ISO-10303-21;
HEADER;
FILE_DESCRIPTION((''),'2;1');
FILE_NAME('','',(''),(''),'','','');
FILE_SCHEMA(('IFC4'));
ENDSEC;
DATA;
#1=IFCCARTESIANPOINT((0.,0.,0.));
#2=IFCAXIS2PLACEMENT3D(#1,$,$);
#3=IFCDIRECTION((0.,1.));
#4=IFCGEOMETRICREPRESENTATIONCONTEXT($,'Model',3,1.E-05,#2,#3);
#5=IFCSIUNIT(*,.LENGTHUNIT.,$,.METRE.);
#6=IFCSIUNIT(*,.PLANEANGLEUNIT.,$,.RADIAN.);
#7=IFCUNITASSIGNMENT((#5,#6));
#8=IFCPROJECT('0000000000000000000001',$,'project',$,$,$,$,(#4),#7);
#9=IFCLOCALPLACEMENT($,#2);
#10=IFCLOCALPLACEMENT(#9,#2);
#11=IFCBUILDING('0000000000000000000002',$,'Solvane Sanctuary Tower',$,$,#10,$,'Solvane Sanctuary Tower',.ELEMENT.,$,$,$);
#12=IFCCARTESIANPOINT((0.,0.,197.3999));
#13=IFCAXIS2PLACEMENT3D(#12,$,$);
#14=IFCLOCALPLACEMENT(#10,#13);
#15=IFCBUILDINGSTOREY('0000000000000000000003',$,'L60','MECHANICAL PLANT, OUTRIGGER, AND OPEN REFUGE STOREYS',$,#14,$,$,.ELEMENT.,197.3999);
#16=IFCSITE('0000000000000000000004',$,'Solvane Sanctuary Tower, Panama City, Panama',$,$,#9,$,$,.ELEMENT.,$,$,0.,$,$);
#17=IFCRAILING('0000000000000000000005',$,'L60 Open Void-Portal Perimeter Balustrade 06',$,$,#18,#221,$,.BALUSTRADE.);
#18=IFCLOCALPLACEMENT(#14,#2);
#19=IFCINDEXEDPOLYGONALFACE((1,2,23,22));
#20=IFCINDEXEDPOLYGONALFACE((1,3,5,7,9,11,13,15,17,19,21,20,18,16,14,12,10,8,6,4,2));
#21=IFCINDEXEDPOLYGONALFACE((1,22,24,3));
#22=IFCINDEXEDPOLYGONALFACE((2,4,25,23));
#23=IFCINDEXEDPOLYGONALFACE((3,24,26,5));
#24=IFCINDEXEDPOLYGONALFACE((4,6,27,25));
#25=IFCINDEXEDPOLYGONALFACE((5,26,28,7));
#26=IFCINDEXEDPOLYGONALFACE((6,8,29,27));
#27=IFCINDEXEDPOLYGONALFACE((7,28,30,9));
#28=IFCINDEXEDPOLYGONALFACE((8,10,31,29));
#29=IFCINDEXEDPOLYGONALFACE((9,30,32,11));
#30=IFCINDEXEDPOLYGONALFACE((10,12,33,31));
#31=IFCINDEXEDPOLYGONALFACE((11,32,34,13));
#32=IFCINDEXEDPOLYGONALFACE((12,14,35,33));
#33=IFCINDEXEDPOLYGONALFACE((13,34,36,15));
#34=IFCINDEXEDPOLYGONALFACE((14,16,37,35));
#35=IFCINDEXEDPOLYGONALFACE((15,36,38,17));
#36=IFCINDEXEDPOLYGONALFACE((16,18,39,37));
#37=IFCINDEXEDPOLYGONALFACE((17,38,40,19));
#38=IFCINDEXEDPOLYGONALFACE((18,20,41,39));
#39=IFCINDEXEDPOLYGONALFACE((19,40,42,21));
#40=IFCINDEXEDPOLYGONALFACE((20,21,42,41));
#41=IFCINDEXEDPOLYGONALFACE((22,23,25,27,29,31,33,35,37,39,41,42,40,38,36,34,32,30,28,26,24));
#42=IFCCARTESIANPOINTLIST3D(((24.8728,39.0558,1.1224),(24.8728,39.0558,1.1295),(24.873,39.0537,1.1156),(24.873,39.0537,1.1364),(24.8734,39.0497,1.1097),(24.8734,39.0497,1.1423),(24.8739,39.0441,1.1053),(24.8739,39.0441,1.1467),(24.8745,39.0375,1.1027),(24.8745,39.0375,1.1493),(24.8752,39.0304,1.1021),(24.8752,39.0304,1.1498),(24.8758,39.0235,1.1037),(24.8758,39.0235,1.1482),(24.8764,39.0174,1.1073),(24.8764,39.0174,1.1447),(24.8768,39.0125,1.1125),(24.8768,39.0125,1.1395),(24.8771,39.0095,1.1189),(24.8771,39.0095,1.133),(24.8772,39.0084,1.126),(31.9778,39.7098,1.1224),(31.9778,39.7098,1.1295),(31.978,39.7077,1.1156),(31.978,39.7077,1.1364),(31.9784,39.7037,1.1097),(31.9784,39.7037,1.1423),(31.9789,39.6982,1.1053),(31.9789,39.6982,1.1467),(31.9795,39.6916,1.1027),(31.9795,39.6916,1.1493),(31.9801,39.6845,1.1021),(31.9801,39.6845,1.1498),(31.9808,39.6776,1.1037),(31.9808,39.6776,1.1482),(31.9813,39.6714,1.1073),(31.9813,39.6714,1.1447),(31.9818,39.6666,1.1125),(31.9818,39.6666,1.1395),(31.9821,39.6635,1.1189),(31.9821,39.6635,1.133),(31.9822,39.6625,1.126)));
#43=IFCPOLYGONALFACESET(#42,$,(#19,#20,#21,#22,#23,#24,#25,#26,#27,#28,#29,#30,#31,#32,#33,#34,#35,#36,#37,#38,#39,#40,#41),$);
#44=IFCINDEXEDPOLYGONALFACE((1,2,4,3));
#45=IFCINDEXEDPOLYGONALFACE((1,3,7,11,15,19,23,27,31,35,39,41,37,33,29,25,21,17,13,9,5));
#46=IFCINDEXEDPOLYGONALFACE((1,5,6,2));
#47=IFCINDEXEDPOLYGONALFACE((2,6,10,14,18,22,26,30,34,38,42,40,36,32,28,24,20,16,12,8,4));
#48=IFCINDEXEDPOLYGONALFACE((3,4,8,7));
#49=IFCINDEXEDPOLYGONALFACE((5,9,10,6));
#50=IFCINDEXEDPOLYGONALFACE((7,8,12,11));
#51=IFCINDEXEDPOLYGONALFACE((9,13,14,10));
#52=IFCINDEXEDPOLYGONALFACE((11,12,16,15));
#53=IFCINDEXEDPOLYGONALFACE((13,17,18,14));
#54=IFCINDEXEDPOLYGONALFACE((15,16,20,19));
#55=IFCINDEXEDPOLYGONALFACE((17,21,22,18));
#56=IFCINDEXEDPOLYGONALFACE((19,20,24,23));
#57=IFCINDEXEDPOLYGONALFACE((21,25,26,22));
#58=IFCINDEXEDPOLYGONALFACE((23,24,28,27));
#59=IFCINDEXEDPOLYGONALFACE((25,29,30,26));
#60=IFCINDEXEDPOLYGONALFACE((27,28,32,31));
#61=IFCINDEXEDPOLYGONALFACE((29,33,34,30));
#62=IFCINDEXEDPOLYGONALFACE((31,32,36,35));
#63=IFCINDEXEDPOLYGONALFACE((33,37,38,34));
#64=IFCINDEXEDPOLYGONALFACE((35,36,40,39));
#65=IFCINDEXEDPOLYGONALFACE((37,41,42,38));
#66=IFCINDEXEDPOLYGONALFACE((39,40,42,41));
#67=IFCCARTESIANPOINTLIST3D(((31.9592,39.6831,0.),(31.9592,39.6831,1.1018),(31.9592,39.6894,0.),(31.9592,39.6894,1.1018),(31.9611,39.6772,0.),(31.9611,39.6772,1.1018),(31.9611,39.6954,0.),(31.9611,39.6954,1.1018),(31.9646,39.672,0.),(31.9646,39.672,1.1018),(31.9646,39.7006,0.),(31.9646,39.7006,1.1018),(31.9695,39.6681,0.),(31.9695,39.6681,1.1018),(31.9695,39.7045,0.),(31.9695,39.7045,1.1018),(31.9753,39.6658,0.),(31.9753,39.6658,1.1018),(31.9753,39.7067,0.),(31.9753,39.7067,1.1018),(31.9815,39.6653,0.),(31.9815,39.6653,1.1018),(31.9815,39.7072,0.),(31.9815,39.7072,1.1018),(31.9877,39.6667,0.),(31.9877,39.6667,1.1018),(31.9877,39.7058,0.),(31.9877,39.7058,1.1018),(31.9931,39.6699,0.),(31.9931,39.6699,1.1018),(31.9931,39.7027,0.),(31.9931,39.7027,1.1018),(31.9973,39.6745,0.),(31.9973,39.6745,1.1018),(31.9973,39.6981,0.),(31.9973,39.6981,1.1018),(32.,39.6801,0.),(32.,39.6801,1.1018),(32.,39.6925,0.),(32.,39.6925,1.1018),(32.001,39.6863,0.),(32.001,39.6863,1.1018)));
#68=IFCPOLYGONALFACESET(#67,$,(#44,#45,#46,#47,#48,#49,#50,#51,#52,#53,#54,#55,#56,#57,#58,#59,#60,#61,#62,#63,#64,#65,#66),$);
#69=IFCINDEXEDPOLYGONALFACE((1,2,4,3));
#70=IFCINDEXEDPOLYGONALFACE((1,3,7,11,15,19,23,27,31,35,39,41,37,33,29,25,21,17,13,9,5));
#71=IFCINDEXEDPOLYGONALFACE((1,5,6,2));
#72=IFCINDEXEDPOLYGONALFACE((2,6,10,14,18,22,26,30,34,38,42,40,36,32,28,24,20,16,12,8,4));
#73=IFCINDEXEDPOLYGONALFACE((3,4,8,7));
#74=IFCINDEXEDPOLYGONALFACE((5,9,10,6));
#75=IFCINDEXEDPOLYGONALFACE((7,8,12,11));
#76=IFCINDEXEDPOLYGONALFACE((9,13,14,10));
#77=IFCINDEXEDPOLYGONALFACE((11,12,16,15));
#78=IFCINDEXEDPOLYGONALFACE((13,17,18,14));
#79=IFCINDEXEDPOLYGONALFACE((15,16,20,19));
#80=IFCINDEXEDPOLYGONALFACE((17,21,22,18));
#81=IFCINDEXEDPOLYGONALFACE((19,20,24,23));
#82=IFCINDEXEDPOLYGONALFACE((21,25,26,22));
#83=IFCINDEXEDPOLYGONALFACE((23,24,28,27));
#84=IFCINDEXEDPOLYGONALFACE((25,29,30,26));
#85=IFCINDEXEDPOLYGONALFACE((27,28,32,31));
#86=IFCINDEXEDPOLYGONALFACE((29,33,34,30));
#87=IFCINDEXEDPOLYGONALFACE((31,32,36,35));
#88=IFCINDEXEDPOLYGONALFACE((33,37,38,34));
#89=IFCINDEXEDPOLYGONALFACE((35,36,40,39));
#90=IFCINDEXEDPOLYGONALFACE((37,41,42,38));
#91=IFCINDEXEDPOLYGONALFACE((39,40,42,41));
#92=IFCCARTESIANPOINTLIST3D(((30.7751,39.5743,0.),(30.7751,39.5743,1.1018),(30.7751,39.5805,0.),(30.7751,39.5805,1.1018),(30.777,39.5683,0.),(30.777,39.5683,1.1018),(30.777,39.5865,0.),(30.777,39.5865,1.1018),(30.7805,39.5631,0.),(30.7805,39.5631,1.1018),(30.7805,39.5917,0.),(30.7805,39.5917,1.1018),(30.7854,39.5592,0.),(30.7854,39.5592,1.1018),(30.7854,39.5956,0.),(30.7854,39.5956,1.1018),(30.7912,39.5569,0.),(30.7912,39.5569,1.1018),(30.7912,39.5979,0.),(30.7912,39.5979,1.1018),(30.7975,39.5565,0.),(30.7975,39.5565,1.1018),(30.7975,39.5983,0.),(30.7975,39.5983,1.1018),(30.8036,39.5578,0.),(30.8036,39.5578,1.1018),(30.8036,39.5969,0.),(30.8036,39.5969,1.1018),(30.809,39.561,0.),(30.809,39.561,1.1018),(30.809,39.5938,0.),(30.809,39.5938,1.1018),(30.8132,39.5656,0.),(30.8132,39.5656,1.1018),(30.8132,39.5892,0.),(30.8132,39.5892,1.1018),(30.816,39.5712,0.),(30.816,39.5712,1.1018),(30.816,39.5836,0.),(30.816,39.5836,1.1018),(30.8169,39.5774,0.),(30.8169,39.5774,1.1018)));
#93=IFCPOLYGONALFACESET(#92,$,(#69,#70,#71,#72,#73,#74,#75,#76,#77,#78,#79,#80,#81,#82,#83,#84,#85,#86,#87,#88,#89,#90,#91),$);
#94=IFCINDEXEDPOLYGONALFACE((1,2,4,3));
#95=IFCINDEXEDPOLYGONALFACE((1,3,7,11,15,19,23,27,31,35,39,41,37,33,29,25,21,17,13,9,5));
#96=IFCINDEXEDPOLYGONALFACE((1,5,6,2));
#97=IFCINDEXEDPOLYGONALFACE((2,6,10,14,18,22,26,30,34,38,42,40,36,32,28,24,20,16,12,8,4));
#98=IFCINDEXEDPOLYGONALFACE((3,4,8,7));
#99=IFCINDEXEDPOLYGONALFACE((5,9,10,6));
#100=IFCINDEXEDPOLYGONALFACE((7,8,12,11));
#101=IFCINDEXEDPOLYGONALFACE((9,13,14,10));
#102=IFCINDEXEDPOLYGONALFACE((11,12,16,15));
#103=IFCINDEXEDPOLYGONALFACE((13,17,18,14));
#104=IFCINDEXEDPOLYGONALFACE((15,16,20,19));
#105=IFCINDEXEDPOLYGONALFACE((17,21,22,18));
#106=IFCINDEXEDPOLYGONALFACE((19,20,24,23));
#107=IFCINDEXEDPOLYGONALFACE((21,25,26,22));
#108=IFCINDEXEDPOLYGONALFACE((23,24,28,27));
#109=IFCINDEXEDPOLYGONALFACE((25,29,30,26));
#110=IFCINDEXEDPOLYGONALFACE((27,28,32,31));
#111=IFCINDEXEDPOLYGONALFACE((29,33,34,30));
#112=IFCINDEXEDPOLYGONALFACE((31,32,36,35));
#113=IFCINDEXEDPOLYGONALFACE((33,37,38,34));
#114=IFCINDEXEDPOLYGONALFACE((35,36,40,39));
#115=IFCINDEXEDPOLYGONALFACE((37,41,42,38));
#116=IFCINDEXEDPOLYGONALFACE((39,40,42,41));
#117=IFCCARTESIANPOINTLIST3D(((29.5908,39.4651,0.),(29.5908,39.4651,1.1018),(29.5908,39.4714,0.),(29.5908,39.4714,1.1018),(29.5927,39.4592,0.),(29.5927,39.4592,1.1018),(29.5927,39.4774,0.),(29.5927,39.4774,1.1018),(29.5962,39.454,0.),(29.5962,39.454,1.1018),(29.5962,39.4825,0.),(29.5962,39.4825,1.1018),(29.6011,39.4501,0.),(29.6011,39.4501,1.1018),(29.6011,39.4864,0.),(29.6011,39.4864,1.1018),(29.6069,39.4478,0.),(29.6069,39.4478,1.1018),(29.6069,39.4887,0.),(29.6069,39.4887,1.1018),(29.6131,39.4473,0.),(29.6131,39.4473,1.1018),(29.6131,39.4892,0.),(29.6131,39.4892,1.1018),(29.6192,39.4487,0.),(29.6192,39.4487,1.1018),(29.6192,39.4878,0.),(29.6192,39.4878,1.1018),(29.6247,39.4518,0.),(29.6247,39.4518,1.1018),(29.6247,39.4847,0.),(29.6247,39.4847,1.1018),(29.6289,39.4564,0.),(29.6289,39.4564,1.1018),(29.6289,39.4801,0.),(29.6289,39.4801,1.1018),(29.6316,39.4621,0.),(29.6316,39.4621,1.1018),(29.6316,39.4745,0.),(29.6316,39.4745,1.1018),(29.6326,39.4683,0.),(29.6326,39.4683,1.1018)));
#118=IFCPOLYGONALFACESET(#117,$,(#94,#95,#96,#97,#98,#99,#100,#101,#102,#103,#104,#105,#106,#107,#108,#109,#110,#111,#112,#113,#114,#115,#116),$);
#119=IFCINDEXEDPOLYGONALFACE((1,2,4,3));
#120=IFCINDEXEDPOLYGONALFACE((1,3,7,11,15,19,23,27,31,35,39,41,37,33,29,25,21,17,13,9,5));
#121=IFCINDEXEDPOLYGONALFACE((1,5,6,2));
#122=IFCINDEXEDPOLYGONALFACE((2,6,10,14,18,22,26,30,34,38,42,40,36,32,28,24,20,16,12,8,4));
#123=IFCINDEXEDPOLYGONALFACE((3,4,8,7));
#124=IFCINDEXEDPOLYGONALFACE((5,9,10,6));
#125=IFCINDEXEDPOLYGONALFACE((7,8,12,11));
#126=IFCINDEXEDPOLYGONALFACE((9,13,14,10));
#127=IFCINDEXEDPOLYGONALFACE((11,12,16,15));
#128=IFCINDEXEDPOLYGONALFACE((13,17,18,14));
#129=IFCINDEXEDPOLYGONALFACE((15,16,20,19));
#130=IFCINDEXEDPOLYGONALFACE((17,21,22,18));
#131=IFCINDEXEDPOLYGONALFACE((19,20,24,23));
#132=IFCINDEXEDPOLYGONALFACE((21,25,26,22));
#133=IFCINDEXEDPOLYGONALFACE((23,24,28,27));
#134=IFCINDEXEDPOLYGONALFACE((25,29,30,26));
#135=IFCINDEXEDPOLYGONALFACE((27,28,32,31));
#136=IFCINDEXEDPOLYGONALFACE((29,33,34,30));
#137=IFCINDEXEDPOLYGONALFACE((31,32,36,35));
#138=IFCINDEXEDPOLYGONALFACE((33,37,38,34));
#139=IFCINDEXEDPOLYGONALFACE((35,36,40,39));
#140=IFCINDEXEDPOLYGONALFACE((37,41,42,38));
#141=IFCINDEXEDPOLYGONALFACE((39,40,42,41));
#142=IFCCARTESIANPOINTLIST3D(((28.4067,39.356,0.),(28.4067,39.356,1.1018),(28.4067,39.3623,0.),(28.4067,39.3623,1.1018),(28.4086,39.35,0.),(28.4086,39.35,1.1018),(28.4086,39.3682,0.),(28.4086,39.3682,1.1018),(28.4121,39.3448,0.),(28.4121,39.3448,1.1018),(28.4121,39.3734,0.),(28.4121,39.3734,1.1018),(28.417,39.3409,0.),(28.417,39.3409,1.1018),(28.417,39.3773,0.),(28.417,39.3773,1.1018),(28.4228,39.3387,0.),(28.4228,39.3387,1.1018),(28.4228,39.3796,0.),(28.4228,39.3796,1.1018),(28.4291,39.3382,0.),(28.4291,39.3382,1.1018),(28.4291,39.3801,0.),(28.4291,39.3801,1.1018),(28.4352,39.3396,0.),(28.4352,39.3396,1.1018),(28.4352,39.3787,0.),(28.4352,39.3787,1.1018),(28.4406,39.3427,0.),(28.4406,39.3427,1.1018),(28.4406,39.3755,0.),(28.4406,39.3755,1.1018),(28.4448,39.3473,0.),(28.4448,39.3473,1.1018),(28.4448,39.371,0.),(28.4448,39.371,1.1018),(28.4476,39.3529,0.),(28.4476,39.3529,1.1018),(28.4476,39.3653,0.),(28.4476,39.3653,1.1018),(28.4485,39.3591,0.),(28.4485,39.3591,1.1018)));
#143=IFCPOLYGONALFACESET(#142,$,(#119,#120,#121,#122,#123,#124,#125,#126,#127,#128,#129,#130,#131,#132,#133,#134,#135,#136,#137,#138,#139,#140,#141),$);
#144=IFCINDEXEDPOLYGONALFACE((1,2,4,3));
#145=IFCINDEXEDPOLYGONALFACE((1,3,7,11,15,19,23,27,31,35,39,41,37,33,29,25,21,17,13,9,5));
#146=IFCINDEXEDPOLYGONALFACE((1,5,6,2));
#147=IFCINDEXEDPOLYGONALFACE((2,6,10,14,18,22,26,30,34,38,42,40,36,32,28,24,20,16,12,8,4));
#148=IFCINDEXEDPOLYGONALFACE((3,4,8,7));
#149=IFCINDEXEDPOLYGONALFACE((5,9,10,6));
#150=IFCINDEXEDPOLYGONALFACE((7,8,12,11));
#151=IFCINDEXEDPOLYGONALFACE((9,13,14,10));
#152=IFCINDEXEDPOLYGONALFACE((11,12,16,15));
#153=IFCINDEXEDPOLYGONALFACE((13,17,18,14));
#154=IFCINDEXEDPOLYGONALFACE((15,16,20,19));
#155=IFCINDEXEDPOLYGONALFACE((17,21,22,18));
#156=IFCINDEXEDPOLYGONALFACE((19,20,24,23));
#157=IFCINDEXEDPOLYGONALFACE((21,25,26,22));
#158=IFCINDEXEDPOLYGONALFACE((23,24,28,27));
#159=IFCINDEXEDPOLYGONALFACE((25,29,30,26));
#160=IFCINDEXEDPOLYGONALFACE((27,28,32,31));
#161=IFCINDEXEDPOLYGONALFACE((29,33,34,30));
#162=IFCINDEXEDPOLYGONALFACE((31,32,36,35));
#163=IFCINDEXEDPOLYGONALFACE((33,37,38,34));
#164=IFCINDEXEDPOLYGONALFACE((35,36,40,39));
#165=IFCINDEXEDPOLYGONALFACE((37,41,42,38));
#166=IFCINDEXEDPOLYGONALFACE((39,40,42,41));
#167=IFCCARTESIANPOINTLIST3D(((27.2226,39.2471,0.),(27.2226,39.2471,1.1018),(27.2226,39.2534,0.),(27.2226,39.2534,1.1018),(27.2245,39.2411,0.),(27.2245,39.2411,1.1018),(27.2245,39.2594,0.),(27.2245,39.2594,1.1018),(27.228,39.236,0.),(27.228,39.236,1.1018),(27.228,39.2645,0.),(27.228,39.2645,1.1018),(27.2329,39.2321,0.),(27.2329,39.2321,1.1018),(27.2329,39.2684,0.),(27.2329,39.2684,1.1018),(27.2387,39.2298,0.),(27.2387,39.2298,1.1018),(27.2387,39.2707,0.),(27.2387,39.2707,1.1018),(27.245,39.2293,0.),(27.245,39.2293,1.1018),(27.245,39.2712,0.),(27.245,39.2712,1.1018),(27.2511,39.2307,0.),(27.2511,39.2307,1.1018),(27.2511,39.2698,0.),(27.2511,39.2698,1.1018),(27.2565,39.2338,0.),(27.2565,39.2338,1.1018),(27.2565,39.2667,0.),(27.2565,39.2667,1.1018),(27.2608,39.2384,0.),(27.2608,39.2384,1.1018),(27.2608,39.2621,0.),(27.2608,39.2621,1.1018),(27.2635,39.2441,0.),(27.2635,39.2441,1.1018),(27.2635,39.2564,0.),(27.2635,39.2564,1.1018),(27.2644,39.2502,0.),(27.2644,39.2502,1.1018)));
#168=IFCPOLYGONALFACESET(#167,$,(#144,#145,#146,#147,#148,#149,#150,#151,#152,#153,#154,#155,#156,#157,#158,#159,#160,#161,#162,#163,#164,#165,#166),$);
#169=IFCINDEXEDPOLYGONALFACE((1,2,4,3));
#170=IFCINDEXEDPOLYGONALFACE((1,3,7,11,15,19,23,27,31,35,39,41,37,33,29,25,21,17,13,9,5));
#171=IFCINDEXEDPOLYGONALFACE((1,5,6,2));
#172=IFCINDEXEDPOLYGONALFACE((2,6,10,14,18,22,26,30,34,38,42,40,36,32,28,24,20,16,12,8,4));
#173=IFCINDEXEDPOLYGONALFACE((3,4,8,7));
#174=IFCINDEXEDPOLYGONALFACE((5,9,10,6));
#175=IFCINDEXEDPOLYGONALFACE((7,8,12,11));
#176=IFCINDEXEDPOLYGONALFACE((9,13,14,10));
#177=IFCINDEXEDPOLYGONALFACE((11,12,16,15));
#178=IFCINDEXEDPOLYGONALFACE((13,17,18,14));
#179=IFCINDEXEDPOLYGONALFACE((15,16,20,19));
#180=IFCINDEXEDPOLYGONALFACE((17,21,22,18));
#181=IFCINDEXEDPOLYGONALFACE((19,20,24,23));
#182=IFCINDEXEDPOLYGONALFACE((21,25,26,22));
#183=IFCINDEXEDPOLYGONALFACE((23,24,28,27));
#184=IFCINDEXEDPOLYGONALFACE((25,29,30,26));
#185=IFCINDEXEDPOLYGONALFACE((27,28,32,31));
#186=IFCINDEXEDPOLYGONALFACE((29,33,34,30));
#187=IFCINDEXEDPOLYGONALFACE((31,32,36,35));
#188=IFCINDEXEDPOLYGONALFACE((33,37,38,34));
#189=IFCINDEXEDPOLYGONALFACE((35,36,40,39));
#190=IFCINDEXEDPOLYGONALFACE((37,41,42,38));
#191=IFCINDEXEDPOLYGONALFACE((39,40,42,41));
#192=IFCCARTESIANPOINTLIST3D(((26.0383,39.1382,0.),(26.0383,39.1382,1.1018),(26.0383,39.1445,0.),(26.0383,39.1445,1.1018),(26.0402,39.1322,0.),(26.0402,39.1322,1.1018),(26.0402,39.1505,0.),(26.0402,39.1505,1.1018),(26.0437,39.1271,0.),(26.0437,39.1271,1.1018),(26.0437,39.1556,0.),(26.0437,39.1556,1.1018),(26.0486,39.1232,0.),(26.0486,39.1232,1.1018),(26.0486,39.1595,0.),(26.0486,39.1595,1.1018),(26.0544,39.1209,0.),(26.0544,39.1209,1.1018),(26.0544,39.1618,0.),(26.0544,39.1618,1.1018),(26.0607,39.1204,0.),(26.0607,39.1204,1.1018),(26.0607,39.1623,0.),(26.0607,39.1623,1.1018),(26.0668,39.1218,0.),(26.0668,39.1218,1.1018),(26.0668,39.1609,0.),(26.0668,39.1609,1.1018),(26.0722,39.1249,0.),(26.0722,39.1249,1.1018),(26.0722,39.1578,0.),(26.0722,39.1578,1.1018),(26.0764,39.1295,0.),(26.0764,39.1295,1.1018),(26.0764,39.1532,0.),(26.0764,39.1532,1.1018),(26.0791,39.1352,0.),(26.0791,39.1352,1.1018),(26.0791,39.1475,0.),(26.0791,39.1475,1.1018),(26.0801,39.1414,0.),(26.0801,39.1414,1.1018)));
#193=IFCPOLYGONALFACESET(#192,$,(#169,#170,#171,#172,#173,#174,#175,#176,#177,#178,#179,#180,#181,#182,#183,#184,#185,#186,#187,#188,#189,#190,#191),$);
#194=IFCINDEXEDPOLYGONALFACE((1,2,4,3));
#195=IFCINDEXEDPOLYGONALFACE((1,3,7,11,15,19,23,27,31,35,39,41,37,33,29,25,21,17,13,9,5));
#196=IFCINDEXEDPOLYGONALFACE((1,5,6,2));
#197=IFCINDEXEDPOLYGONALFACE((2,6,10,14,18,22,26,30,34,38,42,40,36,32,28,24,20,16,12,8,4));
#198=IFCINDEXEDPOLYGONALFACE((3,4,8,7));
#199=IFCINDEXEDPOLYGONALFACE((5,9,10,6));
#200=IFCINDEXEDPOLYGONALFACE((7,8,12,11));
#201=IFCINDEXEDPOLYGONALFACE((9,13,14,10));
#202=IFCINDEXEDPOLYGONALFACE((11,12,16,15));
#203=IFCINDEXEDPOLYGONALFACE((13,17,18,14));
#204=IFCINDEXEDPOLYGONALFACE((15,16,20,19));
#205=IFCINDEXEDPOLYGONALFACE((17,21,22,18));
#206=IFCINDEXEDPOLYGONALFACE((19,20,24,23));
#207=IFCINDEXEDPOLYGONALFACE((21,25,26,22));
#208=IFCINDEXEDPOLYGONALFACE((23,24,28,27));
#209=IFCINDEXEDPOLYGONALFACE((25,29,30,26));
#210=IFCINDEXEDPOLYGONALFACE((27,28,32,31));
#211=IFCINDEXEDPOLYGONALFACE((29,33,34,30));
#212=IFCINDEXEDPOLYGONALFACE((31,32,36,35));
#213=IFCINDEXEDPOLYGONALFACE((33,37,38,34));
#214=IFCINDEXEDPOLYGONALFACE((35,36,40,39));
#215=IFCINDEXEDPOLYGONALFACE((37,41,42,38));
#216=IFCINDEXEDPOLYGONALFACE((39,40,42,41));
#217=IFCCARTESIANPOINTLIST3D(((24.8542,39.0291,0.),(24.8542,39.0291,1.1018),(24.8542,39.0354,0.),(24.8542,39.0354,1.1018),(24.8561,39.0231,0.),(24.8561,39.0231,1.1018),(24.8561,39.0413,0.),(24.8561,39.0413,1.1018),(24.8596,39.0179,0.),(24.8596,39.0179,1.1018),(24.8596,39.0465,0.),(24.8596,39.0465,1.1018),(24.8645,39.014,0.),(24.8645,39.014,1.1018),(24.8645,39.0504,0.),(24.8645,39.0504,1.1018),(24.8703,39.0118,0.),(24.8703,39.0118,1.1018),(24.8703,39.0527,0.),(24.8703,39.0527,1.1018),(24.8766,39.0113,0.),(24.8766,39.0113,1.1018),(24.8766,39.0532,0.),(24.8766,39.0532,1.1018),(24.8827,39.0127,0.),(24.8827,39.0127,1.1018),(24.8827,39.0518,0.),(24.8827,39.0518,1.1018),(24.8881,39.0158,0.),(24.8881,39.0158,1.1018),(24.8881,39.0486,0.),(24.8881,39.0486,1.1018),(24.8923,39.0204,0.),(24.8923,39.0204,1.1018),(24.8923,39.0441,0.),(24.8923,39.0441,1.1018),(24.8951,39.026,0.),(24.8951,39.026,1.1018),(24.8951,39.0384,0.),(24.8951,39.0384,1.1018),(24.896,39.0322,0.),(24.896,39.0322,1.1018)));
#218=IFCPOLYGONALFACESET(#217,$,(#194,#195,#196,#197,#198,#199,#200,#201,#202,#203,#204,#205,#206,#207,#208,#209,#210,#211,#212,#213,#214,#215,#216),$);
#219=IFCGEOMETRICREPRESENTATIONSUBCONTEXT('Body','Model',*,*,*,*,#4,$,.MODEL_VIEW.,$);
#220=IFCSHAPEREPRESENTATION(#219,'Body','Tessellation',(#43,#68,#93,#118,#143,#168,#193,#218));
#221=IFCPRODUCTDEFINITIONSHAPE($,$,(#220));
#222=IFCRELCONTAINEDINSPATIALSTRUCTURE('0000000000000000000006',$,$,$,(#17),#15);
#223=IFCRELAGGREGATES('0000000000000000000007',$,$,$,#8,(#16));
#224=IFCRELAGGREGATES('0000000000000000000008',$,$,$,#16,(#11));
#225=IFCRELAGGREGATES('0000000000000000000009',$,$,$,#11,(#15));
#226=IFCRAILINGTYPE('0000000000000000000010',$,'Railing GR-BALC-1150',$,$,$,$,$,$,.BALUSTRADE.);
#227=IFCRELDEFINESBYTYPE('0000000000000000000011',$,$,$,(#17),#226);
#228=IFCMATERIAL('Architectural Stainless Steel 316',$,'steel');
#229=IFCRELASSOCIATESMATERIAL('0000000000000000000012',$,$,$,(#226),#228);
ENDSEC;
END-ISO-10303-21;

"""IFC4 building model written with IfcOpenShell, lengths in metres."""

from ifc_helpers import new_model, si_unit, direction, frame, origin, origin_2d, place, context, subcontext, project, spatial, circle, extrude, material, type_object, element, save


model = new_model("IFC4")

# Units and contexts
model_context = context("Model", 3, precision=1e-05, world=origin(), true_north=direction((0.0, 1.0)))
body_context = subcontext(model_context, "Body", "Model", "MODEL_VIEW")
ifc_project = project(units=[si_unit("LENGTHUNIT", "METRE"), si_unit("PLANEANGLEUNIT", "RADIAN")], contexts=[model_context])

# Site, building, storey
site_placement = place(None, origin())
site = spatial("IfcSite", under=ifc_project, at=site_placement, Name="Solvane Sanctuary Tower, Panama City, Panama", CompositionType="ELEMENT", RefElevation=0.0)
building_placement = place(site_placement, origin())
building = spatial("IfcBuilding", under=site, at=building_placement, Name="Solvane Sanctuary Tower", LongName="Solvane Sanctuary Tower", CompositionType="ELEMENT")
storey_placement = place(building_placement, frame((0.0, 0.0, 197.3999)))
storey = spatial("IfcBuildingStorey", under=building, at=storey_placement, Name="L60", Description="MECHANICAL PLANT, OUTRIGGER, AND OPEN REFUGE STOREYS", CompositionType="ELEMENT", Elevation=197.3999)

# Shared definitions
ifc_material_1 = material(Name="Architectural Stainless Steel 316", Category="steel")

# Railing
railing_type_1 = type_object("IfcRailingType", Name="Railing GR-BALC-1150", PredefinedType="BALUSTRADE", material=ifc_material_1)
railing_1_placement = place(storey_placement, frame((31.98, 39.6863, 0.0)))
element("IfcRailing", 1, at=railing_1_placement, inside=storey, type_object=railing_type_1, Name="L60 Open Void-Portal Perimeter Balustrade 06", PredefinedType="BALUSTRADE", context=body_context, shape_type="SweptSolid", body=[
    extrude(circle(Radius=0.0239, at=origin_2d()), frame((0.0, 0.0, 1.126), z_axis=(-0.99579, -0.091668, 0.0), x_axis=(0.091668, -0.99579, 0.0)), (0.0, 0.0, 1.0), 7.135),
    extrude(circle(Radius=0.021, at=origin_2d()), origin(), (0.0, 0.0, 1.0), 1.1018),
    extrude(circle(Radius=0.021, at=origin_2d()), frame((-1.1841, -0.1089, 0.0)), (0.0, 0.0, 1.0), 1.1018),
    extrude(circle(Radius=0.021, at=origin_2d()), frame((-2.3684, -0.218, 0.0)), (0.0, 0.0, 1.0), 1.1018),
    extrude(circle(Radius=0.021, at=origin_2d()), frame((-3.5525, -0.3271, 0.0)), (0.0, 0.0, 1.0), 1.1018),
    extrude(circle(Radius=0.021, at=origin_2d()), frame((-4.7366, -0.436, 0.0)), (0.0, 0.0, 1.0), 1.1018),
    extrude(circle(Radius=0.021, at=origin_2d()), frame((-5.9209, -0.5449, 0.0)), (0.0, 0.0, 1.0), 1.1018),
    extrude(circle(Radius=0.021, at=origin_2d()), frame((-7.105, -0.6541, 0.0)), (0.0, 0.0, 1.0), 1.1018),
])

save(model, "model.ifc")
